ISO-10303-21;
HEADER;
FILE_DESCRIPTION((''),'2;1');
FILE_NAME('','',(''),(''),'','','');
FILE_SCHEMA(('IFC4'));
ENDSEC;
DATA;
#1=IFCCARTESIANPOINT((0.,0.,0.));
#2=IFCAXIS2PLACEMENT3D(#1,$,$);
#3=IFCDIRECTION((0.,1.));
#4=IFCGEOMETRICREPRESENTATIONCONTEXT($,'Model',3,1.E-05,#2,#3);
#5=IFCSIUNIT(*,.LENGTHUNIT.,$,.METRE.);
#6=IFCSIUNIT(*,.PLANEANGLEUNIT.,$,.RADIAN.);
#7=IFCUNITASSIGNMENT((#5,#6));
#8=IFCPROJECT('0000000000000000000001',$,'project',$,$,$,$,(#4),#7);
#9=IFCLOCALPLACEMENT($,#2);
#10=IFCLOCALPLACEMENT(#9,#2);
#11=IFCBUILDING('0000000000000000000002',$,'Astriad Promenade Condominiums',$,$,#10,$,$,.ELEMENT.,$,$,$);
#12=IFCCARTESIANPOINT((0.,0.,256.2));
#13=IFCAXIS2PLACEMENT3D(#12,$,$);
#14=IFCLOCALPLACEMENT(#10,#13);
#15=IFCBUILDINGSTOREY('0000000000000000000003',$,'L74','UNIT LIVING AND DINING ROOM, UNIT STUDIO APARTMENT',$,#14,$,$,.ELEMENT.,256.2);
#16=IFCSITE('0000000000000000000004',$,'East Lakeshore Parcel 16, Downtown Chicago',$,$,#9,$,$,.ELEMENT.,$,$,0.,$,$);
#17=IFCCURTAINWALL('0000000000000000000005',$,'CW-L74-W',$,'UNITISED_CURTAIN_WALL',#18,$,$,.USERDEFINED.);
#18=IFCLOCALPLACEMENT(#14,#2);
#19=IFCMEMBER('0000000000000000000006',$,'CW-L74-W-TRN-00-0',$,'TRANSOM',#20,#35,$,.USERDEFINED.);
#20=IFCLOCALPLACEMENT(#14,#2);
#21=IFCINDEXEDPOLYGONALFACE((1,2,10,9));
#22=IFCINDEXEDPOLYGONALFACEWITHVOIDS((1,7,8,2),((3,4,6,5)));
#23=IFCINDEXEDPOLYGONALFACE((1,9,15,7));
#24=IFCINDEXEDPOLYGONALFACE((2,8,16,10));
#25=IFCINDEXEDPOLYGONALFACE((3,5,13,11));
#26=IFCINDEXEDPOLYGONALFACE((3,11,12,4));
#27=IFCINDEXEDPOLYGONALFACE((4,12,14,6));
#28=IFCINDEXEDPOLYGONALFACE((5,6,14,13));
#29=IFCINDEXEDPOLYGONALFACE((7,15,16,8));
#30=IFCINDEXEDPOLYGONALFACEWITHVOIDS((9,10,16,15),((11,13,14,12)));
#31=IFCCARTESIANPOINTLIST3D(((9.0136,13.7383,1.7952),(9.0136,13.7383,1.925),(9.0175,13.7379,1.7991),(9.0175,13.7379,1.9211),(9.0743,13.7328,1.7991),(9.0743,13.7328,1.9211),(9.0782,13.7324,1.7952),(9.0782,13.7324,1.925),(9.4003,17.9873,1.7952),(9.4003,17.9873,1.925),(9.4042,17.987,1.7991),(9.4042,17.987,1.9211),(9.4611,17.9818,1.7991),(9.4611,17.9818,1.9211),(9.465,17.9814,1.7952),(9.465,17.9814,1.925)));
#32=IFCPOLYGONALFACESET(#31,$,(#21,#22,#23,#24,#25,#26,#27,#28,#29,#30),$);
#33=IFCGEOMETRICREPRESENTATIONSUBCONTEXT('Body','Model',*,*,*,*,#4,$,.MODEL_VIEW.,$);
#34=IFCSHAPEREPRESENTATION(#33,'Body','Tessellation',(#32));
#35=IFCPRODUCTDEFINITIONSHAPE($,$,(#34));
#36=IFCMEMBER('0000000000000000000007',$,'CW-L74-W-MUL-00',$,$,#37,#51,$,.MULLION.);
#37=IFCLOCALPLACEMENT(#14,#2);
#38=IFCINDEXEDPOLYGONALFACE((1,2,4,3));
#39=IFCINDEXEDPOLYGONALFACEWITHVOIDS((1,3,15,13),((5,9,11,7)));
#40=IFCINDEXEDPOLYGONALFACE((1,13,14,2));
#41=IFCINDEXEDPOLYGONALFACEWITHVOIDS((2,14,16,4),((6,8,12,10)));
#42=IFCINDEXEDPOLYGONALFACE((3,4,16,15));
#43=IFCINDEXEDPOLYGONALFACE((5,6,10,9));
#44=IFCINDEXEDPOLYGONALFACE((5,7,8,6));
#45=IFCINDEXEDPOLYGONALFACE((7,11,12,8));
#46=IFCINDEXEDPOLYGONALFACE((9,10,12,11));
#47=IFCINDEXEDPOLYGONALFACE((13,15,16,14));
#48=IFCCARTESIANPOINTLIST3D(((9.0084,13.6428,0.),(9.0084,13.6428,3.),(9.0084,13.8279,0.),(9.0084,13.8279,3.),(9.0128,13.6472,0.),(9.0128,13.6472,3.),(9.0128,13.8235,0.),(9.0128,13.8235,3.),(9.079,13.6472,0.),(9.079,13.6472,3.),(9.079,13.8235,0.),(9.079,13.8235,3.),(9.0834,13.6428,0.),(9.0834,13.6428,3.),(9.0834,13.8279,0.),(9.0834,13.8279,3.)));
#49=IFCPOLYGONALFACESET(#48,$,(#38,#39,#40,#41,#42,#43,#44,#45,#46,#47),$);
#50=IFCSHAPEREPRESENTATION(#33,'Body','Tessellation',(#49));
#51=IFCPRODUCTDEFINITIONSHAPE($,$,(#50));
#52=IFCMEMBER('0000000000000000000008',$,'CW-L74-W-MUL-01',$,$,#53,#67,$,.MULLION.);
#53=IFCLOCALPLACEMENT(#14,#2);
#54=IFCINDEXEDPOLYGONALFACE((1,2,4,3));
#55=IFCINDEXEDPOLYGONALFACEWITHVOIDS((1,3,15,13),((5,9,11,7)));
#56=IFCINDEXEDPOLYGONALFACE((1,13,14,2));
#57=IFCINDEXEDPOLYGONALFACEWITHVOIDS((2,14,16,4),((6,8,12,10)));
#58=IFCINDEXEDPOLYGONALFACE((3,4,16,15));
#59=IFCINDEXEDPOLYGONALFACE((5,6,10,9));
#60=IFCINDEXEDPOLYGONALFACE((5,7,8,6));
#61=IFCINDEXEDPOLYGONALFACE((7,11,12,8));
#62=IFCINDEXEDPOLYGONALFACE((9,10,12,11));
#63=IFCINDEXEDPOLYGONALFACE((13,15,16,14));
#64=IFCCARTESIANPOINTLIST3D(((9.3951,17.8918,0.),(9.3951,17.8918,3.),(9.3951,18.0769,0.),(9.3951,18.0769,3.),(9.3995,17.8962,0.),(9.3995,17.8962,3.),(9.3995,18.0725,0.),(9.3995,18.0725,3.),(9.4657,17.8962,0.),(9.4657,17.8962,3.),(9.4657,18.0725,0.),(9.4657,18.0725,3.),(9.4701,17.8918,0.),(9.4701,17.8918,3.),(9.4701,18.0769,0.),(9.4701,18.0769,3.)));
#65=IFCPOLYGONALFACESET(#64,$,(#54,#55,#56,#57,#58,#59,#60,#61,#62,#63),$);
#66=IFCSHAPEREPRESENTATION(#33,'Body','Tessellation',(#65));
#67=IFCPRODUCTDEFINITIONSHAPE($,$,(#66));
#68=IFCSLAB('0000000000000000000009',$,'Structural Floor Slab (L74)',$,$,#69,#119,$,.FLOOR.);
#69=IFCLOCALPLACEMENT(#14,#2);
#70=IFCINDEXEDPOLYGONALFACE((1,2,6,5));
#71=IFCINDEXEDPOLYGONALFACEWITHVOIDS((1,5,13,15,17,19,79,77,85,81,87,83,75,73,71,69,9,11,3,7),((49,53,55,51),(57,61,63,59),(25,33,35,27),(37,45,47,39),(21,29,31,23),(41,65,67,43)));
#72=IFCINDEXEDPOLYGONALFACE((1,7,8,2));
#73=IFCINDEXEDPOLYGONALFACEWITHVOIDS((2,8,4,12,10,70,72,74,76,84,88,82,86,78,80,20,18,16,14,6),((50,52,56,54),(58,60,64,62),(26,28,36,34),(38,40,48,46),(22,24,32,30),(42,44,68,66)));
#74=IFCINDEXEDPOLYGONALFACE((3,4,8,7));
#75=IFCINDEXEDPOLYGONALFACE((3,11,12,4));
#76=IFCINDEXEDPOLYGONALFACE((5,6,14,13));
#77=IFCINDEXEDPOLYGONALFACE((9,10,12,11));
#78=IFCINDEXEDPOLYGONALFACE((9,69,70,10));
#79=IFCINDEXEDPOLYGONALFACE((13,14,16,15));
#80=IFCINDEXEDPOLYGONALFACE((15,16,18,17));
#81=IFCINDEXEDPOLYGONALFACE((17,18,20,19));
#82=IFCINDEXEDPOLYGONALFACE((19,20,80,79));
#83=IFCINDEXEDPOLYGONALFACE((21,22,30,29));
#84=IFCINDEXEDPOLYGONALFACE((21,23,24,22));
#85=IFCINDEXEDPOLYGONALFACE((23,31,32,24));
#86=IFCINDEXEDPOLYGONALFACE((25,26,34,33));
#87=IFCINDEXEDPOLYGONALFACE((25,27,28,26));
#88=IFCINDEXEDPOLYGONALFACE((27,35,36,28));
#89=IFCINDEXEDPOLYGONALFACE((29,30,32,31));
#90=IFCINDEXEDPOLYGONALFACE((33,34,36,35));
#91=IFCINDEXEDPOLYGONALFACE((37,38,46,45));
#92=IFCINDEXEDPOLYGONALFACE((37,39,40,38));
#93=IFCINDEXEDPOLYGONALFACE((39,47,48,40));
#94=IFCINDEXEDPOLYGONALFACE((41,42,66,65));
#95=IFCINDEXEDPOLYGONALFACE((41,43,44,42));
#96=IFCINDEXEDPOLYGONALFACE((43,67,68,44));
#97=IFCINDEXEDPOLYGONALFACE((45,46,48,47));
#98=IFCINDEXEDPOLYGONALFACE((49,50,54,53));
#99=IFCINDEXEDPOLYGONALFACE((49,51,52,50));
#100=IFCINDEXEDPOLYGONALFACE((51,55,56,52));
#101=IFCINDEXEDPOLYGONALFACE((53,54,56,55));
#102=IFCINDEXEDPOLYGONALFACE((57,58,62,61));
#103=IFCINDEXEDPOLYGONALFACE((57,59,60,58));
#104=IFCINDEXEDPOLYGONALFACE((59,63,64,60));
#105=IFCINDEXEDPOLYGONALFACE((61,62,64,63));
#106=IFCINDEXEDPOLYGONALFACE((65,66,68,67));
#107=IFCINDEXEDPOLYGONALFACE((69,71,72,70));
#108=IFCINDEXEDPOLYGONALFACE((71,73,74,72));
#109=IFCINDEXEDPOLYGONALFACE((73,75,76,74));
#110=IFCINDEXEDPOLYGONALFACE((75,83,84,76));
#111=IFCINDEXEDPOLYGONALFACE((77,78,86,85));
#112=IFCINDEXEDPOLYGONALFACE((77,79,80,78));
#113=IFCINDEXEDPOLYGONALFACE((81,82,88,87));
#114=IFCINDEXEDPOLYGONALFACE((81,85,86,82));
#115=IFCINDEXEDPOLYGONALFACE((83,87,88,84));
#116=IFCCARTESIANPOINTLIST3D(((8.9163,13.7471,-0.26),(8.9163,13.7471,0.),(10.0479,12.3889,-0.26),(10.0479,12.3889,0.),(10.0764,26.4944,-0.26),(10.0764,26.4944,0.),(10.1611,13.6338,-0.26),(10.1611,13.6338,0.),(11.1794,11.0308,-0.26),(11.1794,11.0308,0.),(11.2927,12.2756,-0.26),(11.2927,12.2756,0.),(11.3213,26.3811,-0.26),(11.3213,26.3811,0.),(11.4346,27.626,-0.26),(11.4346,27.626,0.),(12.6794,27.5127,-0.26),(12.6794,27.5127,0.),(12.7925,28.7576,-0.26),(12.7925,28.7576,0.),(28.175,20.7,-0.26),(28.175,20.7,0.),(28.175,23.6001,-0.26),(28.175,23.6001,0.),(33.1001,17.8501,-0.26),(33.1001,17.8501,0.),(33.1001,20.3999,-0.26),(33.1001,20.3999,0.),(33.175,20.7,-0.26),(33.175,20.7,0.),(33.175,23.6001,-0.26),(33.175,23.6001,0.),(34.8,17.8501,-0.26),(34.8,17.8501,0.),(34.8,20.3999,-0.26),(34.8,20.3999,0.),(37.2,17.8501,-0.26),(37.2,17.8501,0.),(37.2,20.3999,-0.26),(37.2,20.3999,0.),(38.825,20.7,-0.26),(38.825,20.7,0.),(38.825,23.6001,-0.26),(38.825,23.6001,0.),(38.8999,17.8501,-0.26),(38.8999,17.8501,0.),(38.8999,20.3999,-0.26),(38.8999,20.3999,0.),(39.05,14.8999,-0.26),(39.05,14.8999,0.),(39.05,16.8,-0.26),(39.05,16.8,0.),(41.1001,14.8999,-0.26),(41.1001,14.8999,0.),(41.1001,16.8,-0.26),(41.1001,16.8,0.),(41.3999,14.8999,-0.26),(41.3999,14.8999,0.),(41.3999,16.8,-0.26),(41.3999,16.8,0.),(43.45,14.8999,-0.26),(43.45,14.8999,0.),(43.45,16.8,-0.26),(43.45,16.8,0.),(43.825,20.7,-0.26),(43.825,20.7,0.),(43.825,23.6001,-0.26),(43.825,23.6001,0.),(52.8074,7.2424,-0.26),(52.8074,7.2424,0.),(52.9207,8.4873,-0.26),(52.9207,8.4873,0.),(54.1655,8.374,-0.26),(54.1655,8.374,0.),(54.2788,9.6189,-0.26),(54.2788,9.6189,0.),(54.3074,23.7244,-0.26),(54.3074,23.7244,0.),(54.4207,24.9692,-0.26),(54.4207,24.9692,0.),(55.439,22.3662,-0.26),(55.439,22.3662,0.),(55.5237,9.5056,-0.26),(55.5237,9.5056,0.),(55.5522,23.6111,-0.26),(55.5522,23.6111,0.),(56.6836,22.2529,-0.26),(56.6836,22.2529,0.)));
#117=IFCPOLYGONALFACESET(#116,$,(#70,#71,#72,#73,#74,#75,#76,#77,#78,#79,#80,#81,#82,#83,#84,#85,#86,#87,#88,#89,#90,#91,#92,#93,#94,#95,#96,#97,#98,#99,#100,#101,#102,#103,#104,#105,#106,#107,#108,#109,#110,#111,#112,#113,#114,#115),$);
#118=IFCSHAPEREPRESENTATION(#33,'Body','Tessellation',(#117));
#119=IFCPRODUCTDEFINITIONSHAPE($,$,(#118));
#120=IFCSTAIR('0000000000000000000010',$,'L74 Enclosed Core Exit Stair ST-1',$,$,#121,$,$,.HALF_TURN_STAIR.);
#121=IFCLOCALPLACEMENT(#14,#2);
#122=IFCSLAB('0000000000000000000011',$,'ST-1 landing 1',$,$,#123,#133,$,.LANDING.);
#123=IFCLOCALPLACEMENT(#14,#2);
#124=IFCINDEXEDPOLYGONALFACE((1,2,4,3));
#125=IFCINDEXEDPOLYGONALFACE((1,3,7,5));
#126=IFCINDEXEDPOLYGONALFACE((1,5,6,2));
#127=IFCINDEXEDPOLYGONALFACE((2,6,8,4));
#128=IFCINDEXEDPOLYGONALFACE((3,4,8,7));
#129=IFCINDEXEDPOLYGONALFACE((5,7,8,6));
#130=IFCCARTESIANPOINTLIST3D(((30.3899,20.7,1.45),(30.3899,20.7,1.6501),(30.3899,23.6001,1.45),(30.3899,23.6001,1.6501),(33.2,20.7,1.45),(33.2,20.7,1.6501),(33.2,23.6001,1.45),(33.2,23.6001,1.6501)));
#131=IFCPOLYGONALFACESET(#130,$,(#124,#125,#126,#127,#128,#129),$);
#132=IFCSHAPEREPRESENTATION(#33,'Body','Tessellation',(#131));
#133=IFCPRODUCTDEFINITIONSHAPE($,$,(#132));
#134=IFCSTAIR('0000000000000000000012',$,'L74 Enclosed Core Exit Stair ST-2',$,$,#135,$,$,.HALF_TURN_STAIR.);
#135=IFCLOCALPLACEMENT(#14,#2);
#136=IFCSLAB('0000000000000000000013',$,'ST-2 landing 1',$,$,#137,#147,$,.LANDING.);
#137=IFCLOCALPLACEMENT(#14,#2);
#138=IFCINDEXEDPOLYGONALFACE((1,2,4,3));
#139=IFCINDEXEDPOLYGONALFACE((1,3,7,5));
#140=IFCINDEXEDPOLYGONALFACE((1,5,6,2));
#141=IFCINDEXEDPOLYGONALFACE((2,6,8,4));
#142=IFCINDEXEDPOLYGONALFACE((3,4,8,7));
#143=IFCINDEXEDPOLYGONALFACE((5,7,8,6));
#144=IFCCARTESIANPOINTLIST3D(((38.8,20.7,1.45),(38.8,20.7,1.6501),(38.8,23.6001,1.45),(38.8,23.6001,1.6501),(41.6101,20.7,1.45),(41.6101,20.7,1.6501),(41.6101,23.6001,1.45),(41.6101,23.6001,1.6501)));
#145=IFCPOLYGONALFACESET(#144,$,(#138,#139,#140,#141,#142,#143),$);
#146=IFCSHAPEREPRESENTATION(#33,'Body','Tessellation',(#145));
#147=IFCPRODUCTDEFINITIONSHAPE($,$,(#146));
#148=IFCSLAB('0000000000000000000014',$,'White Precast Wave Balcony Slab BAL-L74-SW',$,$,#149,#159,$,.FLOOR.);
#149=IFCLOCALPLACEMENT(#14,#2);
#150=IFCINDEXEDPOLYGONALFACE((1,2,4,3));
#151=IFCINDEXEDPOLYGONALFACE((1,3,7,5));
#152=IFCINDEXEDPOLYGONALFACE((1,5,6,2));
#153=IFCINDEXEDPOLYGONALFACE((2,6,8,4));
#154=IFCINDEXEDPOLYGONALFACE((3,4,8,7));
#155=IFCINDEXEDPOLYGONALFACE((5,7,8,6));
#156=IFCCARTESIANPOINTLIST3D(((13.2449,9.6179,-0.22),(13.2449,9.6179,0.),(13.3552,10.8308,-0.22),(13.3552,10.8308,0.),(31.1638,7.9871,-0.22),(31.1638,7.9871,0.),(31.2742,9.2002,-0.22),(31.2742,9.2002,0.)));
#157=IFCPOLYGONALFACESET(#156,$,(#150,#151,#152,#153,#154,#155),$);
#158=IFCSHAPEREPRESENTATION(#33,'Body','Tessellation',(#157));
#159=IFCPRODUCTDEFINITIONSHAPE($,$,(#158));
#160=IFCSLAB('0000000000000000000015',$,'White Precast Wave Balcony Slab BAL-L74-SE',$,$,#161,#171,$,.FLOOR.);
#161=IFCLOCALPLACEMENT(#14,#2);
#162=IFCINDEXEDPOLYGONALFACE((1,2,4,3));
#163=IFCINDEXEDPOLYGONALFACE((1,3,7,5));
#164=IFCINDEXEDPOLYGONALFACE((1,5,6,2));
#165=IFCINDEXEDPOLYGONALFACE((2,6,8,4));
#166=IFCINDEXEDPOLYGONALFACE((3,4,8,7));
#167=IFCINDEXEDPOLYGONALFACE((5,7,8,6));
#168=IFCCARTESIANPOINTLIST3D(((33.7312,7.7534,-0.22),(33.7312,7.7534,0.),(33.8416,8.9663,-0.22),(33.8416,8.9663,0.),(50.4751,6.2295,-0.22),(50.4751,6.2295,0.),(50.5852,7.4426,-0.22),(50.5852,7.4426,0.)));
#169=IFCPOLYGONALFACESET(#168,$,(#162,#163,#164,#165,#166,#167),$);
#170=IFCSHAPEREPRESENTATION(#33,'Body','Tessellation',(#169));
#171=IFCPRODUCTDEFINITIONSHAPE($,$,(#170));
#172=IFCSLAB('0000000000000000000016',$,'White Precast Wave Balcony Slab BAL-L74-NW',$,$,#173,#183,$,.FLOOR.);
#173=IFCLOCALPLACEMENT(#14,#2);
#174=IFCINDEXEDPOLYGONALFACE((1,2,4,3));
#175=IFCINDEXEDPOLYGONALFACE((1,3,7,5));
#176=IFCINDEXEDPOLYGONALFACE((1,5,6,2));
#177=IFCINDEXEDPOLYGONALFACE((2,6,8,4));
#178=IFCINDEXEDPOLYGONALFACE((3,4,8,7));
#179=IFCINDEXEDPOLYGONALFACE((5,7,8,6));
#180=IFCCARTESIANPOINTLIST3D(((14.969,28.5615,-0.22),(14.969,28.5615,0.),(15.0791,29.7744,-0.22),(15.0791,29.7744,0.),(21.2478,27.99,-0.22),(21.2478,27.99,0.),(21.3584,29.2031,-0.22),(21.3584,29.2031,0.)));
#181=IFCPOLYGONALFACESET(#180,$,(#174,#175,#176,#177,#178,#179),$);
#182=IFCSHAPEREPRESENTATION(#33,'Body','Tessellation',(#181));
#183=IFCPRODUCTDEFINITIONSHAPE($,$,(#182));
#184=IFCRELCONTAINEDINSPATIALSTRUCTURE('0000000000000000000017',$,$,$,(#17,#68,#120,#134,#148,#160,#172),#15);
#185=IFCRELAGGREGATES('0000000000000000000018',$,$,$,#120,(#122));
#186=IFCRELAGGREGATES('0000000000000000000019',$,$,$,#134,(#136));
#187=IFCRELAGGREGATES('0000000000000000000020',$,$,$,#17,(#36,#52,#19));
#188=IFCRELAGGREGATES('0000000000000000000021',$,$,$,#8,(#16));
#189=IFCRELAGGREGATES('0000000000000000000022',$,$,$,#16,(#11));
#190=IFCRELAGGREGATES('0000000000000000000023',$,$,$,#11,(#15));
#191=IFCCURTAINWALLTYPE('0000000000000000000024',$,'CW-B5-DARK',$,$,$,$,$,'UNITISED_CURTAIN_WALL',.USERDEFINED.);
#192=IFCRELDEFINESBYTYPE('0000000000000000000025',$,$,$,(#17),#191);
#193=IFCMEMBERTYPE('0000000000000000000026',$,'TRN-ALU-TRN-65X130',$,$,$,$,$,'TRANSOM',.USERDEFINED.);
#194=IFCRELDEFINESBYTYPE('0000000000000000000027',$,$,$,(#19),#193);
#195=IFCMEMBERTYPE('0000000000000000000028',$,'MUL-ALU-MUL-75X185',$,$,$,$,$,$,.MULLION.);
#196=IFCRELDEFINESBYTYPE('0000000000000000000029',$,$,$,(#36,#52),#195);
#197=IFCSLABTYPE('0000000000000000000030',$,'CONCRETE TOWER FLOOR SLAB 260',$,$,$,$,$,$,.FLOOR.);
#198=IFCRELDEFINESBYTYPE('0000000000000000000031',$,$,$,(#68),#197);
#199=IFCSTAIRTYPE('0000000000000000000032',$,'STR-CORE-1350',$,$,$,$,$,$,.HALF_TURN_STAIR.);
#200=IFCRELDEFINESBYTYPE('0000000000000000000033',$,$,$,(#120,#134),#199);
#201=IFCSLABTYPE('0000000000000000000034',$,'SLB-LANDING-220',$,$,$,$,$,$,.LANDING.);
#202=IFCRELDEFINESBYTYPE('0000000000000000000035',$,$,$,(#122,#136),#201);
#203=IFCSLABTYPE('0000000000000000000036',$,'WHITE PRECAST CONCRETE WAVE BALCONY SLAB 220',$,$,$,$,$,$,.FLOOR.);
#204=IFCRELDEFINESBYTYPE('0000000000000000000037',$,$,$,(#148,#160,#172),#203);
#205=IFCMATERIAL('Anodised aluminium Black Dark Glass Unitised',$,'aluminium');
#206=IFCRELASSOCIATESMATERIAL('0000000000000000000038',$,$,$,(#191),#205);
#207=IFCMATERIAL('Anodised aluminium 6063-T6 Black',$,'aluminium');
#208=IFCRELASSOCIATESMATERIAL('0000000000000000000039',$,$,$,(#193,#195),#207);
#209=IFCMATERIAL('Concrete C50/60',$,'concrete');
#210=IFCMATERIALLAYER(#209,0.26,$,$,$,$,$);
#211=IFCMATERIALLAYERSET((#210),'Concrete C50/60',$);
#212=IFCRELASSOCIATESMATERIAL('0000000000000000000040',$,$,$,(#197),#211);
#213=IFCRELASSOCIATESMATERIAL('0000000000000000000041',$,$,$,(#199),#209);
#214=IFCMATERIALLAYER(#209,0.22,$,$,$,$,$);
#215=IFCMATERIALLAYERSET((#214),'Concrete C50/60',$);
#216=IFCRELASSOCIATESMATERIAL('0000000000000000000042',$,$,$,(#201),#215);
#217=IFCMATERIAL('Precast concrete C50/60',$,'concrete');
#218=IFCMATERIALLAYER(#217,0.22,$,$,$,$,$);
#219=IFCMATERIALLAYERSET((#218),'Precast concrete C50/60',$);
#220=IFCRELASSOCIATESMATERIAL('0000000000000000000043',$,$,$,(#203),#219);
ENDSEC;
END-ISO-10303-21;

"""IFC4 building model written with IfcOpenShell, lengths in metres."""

from ifc_helpers import new_model, si_unit, direction, frame, origin, origin_2d, place, context, subcontext, project, spatial, polyline, hollow_rectangle, outline, extrude, source, transform, mapped, material, layer, layer_set, material_profile, profile_set, type_object, type_shapes, element, aggregate, save


model = new_model("IFC4")

# Units and contexts
model_context = context("Model", 3, precision=1e-05, world=origin(), true_north=direction((0.0, 1.0)))
body_context = subcontext(model_context, "Body", "Model", "MODEL_VIEW")
ifc_project = project(units=[si_unit("LENGTHUNIT", "METRE"), si_unit("PLANEANGLEUNIT", "RADIAN")], contexts=[model_context])

# Site, building, storey
site_placement = place(None, origin())
site = spatial("IfcSite", under=ifc_project, at=site_placement, Name="East Lakeshore Parcel 16, Downtown Chicago", CompositionType="ELEMENT", RefElevation=0.0)
building_placement = place(site_placement, origin())
building = spatial("IfcBuilding", under=site, at=building_placement, Name="Astriad Promenade Condominiums", CompositionType="ELEMENT")
storey_placement = place(building_placement, frame((0.0, 0.0, 256.2)))
storey = spatial("IfcBuildingStorey", under=building, at=storey_placement, Name="L74", Description="UNIT LIVING AND DINING ROOM, UNIT STUDIO APARTMENT", CompositionType="ELEMENT", Elevation=256.2)

# Curtain wall, members
ifc_material_1 = material(Name="Anodised aluminium Black Dark Glass Unitised", Category="aluminium")
curtain_wall_type = type_object("IfcCurtainWallType", Name="CW-B5-DARK", ElementType="UNITISED_CURTAIN_WALL", PredefinedType="USERDEFINED", material=ifc_material_1)
curtain_wall_placement = place(storey_placement, origin())
curtain_wall = element("IfcCurtainWall", 1, at=curtain_wall_placement, inside=storey, type_object=curtain_wall_type, Name="CW-L74-W", ObjectType="UNITISED_CURTAIN_WALL", PredefinedType="USERDEFINED")
ifc_material_2 = material(Name="Anodised aluminium 6063-T6 Black", Category="aluminium")
ifc_material_profile_1 = material_profile(ifc_material_2, hollow_rectangle(XDim=0.0649, YDim=0.1299, WallThickness=0.0039, at=origin_2d()), Name="ALU-TRN-65X130")
ifc_profile_set_1 = profile_set([ifc_material_profile_1], Name="Anodised aluminium 6063-T6 Black")
member_type_1 = type_object("IfcMemberType", Name="TRN-ALU-TRN-65X130", ElementType="TRANSOM", PredefinedType="USERDEFINED", material=ifc_profile_set_1)
shared_shape_1 = source(origin(), body_context, "Body", "SweptSolid", [
    extrude(hollow_rectangle(XDim=0.0649, YDim=0.1299, WallThickness=0.0039, at=origin_2d()), origin(), (0.0, 0.0, 1.0), 4.2666),
])
type_shapes(member_type_1, [shared_shape_1])
member_1_placement = place(storey_placement, frame((9.0459, 13.7354, 1.8601), z_axis=(0.090639, 0.995884, 0.0), x_axis=(-0.995884, 0.090639, 0.0)))
member_1 = element("IfcMember", 2, at=member_1_placement, type_object=member_type_1, Name="CW-L74-W-TRN-00-0", ObjectType="TRANSOM", PredefinedType="USERDEFINED", context=body_context, shape_type="MappedRepresentation", body=[
    mapped(shared_shape_1, transform((0.0, 0.0, 0.0), scale=1.0)),
])
ifc_material_profile_2 = material_profile(ifc_material_2, hollow_rectangle(XDim=0.075, YDim=0.1851, WallThickness=0.0044, at=origin_2d()), Name="ALU-MUL-75X185")
ifc_profile_set_2 = profile_set([ifc_material_profile_2], Name="Anodised aluminium 6063-T6 Black")
member_type_2 = type_object("IfcMemberType", Name="MUL-ALU-MUL-75X185", PredefinedType="MULLION", material=ifc_profile_set_2)
shared_shape_2 = source(origin(), body_context, "Body", "SweptSolid", [
    extrude(hollow_rectangle(XDim=0.075, YDim=0.1851, WallThickness=0.0044, at=origin_2d()), origin(), (0.0, 0.0, 1.0), 3.0),
])
type_shapes(member_type_2, [shared_shape_2])
member_2_placement = place(storey_placement, frame((9.0459, 13.7354, 0.0), z_axis=(0.0, 0.0, 1.0), x_axis=(1.0, 0.0, 0.0)))
member_2 = element("IfcMember", 3, at=member_2_placement, type_object=member_type_2, Name="CW-L74-W-MUL-00", PredefinedType="MULLION", context=body_context, shape_type="MappedRepresentation", body=[
    mapped(shared_shape_2, transform((0.0, 0.0, 0.0), scale=1.0)),
])
member_3_placement = place(storey_placement, frame((9.4326, 17.9844, 0.0), z_axis=(0.0, 0.0, 1.0), x_axis=(1.0, 0.0, 0.0)))
member_3 = element("IfcMember", 4, at=member_3_placement, type_object=member_type_2, Name="CW-L74-W-MUL-01", PredefinedType="MULLION", context=body_context, shape_type="MappedRepresentation", body=[
    mapped(shared_shape_2, transform((0.0, 0.0, 0.0), scale=1.0)),
])

# Slab
ifc_material_3 = material(Name="Concrete C50/60", Category="concrete")
ifc_layer_1 = layer(ifc_material_3, 0.26)
ifc_layer_set_1 = layer_set([ifc_layer_1], Name="Concrete C50/60")
slab_type_1 = type_object("IfcSlabType", Name="CONCRETE TOWER FLOOR SLAB 260", PredefinedType="FLOOR", material=ifc_layer_set_1)
slab_1_placement = place(storey_placement, frame((0.0, 0.0, -0.26)))
element("IfcSlab", 5, at=slab_1_placement, inside=storey, type_object=slab_type_1, Name="Structural Floor Slab (L74)", PredefinedType="FLOOR", context=body_context, shape_type="SweptSolid", body=[
    extrude(outline(polyline([(11.1794, 11.0308), (52.8074, 7.2424), (52.9207, 8.4873), (54.1655, 8.374), (54.2788, 9.6189), (55.5237, 9.5056), (56.6836, 22.2529), (55.439, 22.3662), (55.5522, 23.6111), (54.3074, 23.7244), (54.4207, 24.9692), (12.7925, 28.7576), (12.6794, 27.5127), (11.4346, 27.626), (11.3213, 26.3811), (10.0764, 26.4944), (8.9163, 13.7471), (10.1611, 13.6338), (10.0479, 12.3889), (11.2927, 12.2756), (11.1794, 11.0308)]), holes=[polyline([(28.175, 20.7), (33.175, 20.7), (33.175, 23.6001), (28.175, 23.6001), (28.175, 20.7)]), polyline([(38.825, 20.7), (43.825, 20.7), (43.825, 23.6001), (38.825, 23.6001), (38.825, 20.7)]), polyline([(33.1001, 17.8501), (34.8, 17.8501), (34.8, 20.3999), (33.1001, 20.3999), (33.1001, 17.8501)]), polyline([(37.2, 17.8501), (38.8999, 17.8501), (38.8999, 20.3999), (37.2, 20.3999), (37.2, 17.8501)]), polyline([(39.05, 14.8999), (41.1001, 14.8999), (41.1001, 16.8), (39.05, 16.8), (39.05, 14.8999)]), polyline([(41.3999, 14.8999), (43.45, 14.8999), (43.45, 16.8), (41.3999, 16.8), (41.3999, 14.8999)])]), origin(), (0.0, 0.0, 1.0), 0.26),
])

# Stairs, slabs
stair_type = type_object("IfcStairType", Name="STR-CORE-1350", PredefinedType="HALF_TURN_STAIR", material=ifc_material_3)
stair_1_placement = place(storey_placement, origin())
stair_1 = element("IfcStair", 6, at=stair_1_placement, inside=storey, type_object=stair_type, Name="L74 Enclosed Core Exit Stair ST-1", PredefinedType="HALF_TURN_STAIR")
ifc_layer_2 = layer(ifc_material_3, 0.22)
ifc_layer_set_2 = layer_set([ifc_layer_2], Name="Concrete C50/60")
slab_type_2 = type_object("IfcSlabType", Name="SLB-LANDING-220", PredefinedType="LANDING", material=ifc_layer_set_2)
slab_2_placement = place(storey_placement, frame((0.0, 0.0, 1.45)))
slab_2 = element("IfcSlab", 7, at=slab_2_placement, type_object=slab_type_2, Name="ST-1 landing 1", PredefinedType="LANDING", context=body_context, shape_type="SweptSolid", body=[
    extrude(outline(polyline([(30.3899, 20.7), (33.2, 20.7), (33.2, 23.6001), (30.3899, 23.6001), (30.3899, 20.7)])), origin(), (0.0, 0.0, 1.0), 0.2002),
])
aggregate(stair_1, [slab_2])
stair_2_placement = place(storey_placement, origin())
stair_2 = element("IfcStair", 8, at=stair_2_placement, inside=storey, type_object=stair_type, Name="L74 Enclosed Core Exit Stair ST-2", PredefinedType="HALF_TURN_STAIR")
slab_3_placement = place(storey_placement, frame((0.0, 0.0, 1.45)))
slab_3 = element("IfcSlab", 9, at=slab_3_placement, type_object=slab_type_2, Name="ST-2 landing 1", PredefinedType="LANDING", context=body_context, shape_type="SweptSolid", body=[
    extrude(outline(polyline([(41.6101, 23.6001), (38.8, 23.6001), (38.8, 20.7), (41.6101, 20.7), (41.6101, 23.6001)])), origin(), (0.0, 0.0, 1.0), 0.2002),
])
aggregate(stair_2, [slab_3])

# Slabs
ifc_material_4 = material(Name="Precast concrete C50/60", Category="concrete")
ifc_layer_3 = layer(ifc_material_4, 0.22)
ifc_layer_set_3 = layer_set([ifc_layer_3], Name="Precast concrete C50/60")
slab_type_3 = type_object("IfcSlabType", Name="WHITE PRECAST CONCRETE WAVE BALCONY SLAB 220", PredefinedType="FLOOR", material=ifc_layer_set_3)
slab_4_placement = place(storey_placement, frame((0.0, 0.0, -0.22)))
element("IfcSlab", 10, at=slab_4_placement, inside=storey, type_object=slab_type_3, Name="White Precast Wave Balcony Slab BAL-L74-SW", PredefinedType="FLOOR", context=body_context, shape_type="SweptSolid", body=[
    extrude(outline(polyline([(31.1638, 7.9871), (13.2449, 9.6179), (13.3552, 10.8308), (31.2742, 9.2002), (31.1638, 7.9871)])), origin(), (0.0, 0.0, 1.0), 0.22),
])
slab_5_placement = place(storey_placement, frame((0.0, 0.0, -0.22)))
element("IfcSlab", 11, at=slab_5_placement, inside=storey, type_object=slab_type_3, Name="White Precast Wave Balcony Slab BAL-L74-SE", PredefinedType="FLOOR", context=body_context, shape_type="SweptSolid", body=[
    extrude(outline(polyline([(50.4751, 6.2295), (33.7312, 7.7534), (33.8416, 8.9663), (50.5852, 7.4426), (50.4751, 6.2295)])), origin(), (0.0, 0.0, 1.0), 0.22),
])
slab_6_placement = place(storey_placement, frame((0.0, 0.0, -0.22)))
element("IfcSlab", 12, at=slab_6_placement, inside=storey, type_object=slab_type_3, Name="White Precast Wave Balcony Slab BAL-L74-NW", PredefinedType="FLOOR", context=body_context, shape_type="SweptSolid", body=[
    extrude(outline(polyline([(15.0791, 29.7744), (21.3584, 29.2031), (21.2478, 27.99), (14.969, 28.5615), (15.0791, 29.7744)])), origin(), (0.0, 0.0, 1.0), 0.22),
])

aggregate(curtain_wall, [member_2, member_3, member_1])

save(model, "model.ifc")
